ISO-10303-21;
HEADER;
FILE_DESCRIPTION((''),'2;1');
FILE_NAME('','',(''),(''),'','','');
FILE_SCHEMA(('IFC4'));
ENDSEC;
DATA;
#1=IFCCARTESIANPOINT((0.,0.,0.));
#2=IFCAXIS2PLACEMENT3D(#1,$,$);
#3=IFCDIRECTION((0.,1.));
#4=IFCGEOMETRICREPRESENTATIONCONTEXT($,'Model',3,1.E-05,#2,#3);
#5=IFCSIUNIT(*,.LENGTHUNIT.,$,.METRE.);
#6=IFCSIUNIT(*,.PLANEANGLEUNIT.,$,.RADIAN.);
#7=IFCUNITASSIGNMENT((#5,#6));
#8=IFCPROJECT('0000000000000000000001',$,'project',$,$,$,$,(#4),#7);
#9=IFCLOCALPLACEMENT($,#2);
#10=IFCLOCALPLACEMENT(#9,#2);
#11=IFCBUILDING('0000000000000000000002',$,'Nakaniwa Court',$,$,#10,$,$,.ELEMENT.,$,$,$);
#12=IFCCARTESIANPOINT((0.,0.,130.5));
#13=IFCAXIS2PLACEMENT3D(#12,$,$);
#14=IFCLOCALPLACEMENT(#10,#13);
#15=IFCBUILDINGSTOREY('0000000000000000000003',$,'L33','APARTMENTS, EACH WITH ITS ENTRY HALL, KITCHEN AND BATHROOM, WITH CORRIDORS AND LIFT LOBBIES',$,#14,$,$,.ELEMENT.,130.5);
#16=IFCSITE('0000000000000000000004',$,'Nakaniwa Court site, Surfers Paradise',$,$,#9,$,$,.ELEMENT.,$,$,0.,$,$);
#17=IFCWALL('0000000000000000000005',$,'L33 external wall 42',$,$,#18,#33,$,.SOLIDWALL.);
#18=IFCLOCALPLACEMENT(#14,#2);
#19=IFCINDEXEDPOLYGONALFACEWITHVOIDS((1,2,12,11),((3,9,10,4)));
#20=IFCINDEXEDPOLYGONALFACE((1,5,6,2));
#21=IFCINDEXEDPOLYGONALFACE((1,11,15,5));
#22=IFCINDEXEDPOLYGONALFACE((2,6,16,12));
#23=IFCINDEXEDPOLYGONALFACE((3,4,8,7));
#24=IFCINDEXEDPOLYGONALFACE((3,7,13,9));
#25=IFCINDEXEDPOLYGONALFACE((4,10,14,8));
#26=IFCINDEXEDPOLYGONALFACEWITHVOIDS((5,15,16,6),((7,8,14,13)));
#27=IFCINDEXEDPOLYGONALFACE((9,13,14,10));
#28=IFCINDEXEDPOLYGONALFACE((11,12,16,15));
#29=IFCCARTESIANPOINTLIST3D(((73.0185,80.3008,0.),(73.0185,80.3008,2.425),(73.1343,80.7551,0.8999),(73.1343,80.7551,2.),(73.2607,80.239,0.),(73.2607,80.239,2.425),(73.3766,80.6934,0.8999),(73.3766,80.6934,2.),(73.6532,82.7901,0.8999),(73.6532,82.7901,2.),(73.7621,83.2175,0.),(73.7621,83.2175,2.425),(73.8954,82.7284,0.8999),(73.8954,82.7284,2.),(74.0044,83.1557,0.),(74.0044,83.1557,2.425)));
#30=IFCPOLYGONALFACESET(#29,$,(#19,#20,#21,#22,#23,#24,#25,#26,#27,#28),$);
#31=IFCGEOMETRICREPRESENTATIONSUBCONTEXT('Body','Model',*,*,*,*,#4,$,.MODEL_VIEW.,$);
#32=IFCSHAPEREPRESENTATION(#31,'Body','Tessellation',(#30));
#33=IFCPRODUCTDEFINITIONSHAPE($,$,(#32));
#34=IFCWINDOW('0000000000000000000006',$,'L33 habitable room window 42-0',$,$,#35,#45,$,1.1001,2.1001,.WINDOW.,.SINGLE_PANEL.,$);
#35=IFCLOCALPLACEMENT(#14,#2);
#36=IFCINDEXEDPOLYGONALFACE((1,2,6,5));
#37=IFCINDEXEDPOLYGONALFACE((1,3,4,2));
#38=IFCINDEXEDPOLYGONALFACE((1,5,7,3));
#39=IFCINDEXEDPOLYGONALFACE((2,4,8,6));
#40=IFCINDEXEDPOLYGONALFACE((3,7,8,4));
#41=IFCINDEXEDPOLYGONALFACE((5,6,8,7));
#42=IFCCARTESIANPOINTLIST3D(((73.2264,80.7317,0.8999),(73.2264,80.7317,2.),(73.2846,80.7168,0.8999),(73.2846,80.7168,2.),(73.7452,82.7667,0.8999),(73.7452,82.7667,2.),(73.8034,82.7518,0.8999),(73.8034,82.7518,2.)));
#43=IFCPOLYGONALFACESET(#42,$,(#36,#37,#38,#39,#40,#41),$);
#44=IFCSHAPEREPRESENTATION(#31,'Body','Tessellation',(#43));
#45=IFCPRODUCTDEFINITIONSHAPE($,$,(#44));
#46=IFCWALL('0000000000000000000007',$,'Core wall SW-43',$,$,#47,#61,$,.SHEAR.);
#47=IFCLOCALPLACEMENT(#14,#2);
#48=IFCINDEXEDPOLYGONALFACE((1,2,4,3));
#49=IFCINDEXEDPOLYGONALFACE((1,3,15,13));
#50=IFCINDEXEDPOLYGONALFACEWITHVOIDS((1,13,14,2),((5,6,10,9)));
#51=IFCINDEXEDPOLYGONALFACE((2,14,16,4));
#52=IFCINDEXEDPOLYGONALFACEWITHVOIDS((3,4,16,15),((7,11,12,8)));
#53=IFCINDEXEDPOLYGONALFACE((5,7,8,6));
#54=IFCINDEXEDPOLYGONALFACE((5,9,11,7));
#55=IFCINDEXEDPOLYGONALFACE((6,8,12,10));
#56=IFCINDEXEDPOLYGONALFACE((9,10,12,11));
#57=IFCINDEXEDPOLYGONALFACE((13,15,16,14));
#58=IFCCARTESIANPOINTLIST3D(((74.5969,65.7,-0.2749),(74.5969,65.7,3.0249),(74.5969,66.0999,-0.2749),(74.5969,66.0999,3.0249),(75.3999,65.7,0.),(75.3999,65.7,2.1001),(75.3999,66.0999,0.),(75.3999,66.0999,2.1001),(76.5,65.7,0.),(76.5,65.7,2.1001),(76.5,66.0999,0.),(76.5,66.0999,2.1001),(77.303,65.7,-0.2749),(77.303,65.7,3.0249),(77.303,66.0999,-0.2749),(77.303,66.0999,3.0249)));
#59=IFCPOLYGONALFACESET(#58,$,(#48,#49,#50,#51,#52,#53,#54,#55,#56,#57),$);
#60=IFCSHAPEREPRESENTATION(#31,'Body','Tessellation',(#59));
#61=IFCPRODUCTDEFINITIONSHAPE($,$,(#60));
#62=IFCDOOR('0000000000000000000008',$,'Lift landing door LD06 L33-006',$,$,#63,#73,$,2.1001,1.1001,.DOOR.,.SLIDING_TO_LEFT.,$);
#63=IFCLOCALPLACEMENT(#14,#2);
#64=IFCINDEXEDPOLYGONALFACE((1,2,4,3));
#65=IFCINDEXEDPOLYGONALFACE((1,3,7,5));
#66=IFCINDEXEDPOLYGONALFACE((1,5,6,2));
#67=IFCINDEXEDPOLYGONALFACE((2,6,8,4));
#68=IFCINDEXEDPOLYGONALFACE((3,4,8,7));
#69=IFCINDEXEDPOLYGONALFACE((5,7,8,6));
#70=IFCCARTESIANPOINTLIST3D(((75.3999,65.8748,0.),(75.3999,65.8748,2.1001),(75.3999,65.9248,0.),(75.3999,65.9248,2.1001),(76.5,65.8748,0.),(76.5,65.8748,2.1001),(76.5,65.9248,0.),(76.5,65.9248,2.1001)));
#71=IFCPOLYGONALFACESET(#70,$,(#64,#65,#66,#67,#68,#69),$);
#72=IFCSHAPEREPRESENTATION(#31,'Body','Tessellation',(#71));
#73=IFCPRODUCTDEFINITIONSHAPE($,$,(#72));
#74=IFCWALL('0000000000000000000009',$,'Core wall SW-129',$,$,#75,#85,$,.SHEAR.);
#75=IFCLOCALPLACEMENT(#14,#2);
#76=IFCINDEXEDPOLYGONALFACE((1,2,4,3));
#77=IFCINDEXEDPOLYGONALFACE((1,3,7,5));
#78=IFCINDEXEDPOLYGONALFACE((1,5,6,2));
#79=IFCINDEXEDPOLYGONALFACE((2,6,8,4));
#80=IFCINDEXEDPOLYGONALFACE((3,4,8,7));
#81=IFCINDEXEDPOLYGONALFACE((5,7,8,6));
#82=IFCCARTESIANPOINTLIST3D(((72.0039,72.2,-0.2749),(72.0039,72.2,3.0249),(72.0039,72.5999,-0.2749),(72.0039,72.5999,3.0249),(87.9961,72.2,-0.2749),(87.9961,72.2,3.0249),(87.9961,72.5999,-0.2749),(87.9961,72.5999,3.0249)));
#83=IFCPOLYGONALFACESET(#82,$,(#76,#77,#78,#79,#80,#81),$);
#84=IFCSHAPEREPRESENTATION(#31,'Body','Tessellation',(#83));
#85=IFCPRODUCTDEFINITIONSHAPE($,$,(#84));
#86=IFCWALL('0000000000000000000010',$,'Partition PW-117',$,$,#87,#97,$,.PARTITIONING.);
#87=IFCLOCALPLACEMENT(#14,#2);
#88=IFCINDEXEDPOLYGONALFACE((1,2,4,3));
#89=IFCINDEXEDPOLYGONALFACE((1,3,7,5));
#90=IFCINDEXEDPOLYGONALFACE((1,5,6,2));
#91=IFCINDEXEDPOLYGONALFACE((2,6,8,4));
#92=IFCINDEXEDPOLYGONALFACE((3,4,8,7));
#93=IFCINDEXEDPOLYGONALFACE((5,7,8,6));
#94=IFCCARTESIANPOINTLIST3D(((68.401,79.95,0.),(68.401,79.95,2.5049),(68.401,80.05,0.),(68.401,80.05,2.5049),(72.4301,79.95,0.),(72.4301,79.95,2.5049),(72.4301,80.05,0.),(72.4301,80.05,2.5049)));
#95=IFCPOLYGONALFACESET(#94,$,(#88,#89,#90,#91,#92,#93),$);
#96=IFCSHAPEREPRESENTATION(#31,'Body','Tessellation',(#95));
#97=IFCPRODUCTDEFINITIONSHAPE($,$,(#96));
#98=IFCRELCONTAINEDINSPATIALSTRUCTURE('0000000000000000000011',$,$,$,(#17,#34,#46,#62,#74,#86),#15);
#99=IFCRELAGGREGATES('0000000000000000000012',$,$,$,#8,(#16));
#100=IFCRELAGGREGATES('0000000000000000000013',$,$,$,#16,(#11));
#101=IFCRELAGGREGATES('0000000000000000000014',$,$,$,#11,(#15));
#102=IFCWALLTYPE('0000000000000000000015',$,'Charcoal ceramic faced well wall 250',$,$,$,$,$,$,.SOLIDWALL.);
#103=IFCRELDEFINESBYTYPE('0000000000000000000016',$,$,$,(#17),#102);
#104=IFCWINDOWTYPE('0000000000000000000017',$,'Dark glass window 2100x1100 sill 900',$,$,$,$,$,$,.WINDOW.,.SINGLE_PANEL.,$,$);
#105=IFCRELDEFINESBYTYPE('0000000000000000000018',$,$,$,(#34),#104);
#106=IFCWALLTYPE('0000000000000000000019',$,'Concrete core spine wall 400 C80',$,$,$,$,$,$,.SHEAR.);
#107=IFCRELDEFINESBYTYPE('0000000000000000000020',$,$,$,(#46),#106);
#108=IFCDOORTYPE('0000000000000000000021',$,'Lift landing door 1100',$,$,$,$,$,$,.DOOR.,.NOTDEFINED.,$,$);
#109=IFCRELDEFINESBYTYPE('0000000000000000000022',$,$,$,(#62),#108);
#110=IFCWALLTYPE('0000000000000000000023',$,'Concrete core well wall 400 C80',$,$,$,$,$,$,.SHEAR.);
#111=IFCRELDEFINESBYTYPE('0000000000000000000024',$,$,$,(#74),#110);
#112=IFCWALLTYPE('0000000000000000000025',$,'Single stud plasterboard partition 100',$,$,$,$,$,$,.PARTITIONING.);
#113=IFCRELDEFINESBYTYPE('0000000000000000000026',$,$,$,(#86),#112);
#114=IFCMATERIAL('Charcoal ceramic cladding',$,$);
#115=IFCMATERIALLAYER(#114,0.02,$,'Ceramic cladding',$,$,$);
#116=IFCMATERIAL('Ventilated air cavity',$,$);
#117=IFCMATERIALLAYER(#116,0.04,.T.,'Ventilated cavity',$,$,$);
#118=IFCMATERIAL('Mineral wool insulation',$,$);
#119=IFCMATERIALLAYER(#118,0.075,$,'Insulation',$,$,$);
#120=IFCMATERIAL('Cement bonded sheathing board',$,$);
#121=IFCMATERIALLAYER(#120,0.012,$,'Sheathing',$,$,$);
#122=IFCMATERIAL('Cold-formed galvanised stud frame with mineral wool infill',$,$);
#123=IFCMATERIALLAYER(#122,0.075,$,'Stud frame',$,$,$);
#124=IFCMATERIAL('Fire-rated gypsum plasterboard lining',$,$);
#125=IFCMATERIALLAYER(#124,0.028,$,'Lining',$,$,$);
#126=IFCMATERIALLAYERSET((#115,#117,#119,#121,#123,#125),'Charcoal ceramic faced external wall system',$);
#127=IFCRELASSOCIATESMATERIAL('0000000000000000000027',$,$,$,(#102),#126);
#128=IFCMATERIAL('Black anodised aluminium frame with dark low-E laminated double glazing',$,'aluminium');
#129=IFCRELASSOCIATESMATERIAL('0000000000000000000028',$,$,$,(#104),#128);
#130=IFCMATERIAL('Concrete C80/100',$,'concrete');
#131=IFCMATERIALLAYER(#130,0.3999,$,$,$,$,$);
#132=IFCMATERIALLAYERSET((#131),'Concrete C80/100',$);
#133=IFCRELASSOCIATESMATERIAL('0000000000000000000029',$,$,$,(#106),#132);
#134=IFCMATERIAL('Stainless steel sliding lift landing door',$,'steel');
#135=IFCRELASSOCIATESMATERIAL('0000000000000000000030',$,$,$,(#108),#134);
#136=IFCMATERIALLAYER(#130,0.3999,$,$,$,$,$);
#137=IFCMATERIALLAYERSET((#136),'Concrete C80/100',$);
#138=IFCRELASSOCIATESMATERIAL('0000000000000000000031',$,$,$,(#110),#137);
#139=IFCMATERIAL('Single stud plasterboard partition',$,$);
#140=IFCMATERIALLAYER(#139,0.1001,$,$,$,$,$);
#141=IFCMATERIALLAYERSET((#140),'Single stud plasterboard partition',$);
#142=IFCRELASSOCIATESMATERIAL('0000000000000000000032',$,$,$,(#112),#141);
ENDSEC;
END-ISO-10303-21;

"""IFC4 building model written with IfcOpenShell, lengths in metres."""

from ifc_helpers import new_model, si_unit, direction, frame, frame_2d, origin, place, context, subcontext, project, spatial, rectangle, extrude, material, layer, layer_set, type_object, element, fill, save


model = new_model("IFC4")

# Units and contexts
model_context = context("Model", 3, precision=1e-05, world=origin(), true_north=direction((0.0, 1.0)))
body_context = subcontext(model_context, "Body", "Model", "MODEL_VIEW")
ifc_project = project(units=[si_unit("LENGTHUNIT", "METRE"), si_unit("PLANEANGLEUNIT", "RADIAN")], contexts=[model_context])

# Site, building, storey
site_placement = place(None, origin())
site = spatial("IfcSite", under=ifc_project, at=site_placement, Name="Nakaniwa Court site, Surfers Paradise", CompositionType="ELEMENT", RefElevation=0.0)
building_placement = place(site_placement, origin())
building = spatial("IfcBuilding", under=site, at=building_placement, Name="Nakaniwa Court", CompositionType="ELEMENT")
storey_placement = place(building_placement, frame((0.0, 0.0, 130.5)))
storey = spatial("IfcBuildingStorey", under=building, at=storey_placement, Name="L33", Description="APARTMENTS, EACH WITH ITS ENTRY HALL, KITCHEN AND BATHROOM, WITH CORRIDORS AND LIFT LOBBIES", CompositionType="ELEMENT", Elevation=130.5)

# Shared definitions
ifc_material_1 = material(Name="Concrete C80/100", Category="concrete")

# Wall, opening, window
ifc_material_2 = material(Name="Charcoal ceramic cladding")
ifc_layer_1 = layer(ifc_material_2, 0.02, Name="Ceramic cladding")
ifc_material_3 = material(Name="Ventilated air cavity")
ifc_layer_2 = layer(ifc_material_3, 0.04, ventilated=True, Name="Ventilated cavity")
ifc_material_4 = material(Name="Mineral wool insulation")
ifc_layer_3 = layer(ifc_material_4, 0.075, Name="Insulation")
ifc_material_5 = material(Name="Cement bonded sheathing board")
ifc_layer_4 = layer(ifc_material_5, 0.012, Name="Sheathing")
ifc_material_6 = material(Name="Cold-formed galvanised stud frame with mineral wool infill")
ifc_layer_5 = layer(ifc_material_6, 0.075, Name="Stud frame")
ifc_material_7 = material(Name="Fire-rated gypsum plasterboard lining")
ifc_layer_6 = layer(ifc_material_7, 0.028, Name="Lining")
ifc_layer_set_1 = layer_set([ifc_layer_1, ifc_layer_2, ifc_layer_3, ifc_layer_4, ifc_layer_5, ifc_layer_6], Name="Charcoal ceramic faced external wall system")
wall_type_1 = type_object("IfcWallType", Name="Charcoal ceramic faced well wall 250", PredefinedType="SOLIDWALL", material=ifc_layer_set_1)
ifc_material_8 = material(Name="Black anodised aluminium frame with dark low-E laminated double glazing", Category="aluminium")
window_type = type_object("IfcWindowType", Name="Dark glass window 2100x1100 sill 900", PartitioningType="SINGLE_PANEL", PredefinedType="WINDOW", material=ifc_material_8)
wall_1_placement = place(storey_placement, frame((73.1396, 80.27, 0.0), z_axis=(0.0, 0.0, 1.0), x_axis=(0.247056, 0.969001, 0.0)))
wall_1 = element("IfcWall", 1, at=wall_1_placement, inside=storey, type_object=wall_type_1, Name="L33 external wall 42", PredefinedType="SOLIDWALL", context=body_context, shape_type="SweptSolid", body=[
    extrude(rectangle(XDim=3.01, YDim=0.25, at=frame_2d((1.5049, 0.0))), origin(), (0.0, 0.0, 1.0), 2.425),
])
opening_1_placement = place(wall_1_placement, frame((0.4688, 0.0, 0.8999)))
opening_1 = element("IfcOpeningElement", 2, at=opening_1_placement, cuts=wall_1, PredefinedType="OPENING", context=body_context, shape_type="SweptSolid", body=[
    extrude(rectangle(XDim=2.1001, YDim=1.1001, at=frame_2d((1.05, 0.55))), frame((0.0, 0.135, 0.0), z_axis=(0.0, -1.0, 0.0), x_axis=(1.0, 0.0, 0.0)), (0.0, 0.0, 1.0), 0.27),
])
window_1_placement = place(opening_1_placement, origin())
window_1 = element("IfcWindow", 3, at=window_1_placement, inside=storey, type_object=window_type, Name="L33 habitable room window 42-0", OverallHeight=1.1001, OverallWidth=2.1001, PartitioningType="SINGLE_PANEL", PredefinedType="WINDOW", context=body_context, shape_type="SweptSolid", body=[
    extrude(rectangle(XDim=2.1001, YDim=1.1001, at=frame_2d((1.05, 0.55))), frame((0.0, 0.03, 0.0), z_axis=(0.0, -1.0, 0.0), x_axis=(1.0, 0.0, 0.0)), (0.0, 0.0, 1.0), 0.0601),
])
fill(opening_1, window_1)

# Wall, opening, door
ifc_layer_7 = layer(ifc_material_1, 0.3999)
ifc_layer_set_2 = layer_set([ifc_layer_7], Name="Concrete C80/100")
wall_type_2 = type_object("IfcWallType", Name="Concrete core spine wall 400 C80", PredefinedType="SHEAR", material=ifc_layer_set_2)
wall_2_placement = place(storey_placement, frame((74.5969, 65.8999, -0.2749), z_axis=(0.0, 0.0, 1.0), x_axis=(1.0, 0.0, 0.0)))
wall_2 = element("IfcWall", 4, at=wall_2_placement, inside=storey, type_object=wall_type_2, Name="Core wall SW-43", PredefinedType="SHEAR", context=body_context, shape_type="SweptSolid", body=[
    extrude(rectangle(XDim=2.7061, YDim=0.3999, at=frame_2d((1.353, 0.0))), origin(), (0.0, 0.0, 1.0), 3.2998),
])
opening_2_placement = place(wall_2_placement, frame((0.803, 0.0, 0.2749)))
opening_2 = element("IfcOpeningElement", 5, at=opening_2_placement, cuts=wall_2, PredefinedType="OPENING", context=body_context, shape_type="SweptSolid", body=[
    extrude(rectangle(XDim=1.1001, YDim=2.1001, at=frame_2d((0.55, 1.05))), frame((0.0, 0.21, 0.0), z_axis=(0.0, -1.0, 0.0), x_axis=(1.0, 0.0, 0.0)), (0.0, 0.0, 1.0), 0.4199),
])
ifc_material_9 = material(Name="Stainless steel sliding lift landing door", Category="steel")
door_type_1 = type_object("IfcDoorType", Name="Lift landing door 1100", OperationType="NOTDEFINED", PredefinedType="DOOR", material=ifc_material_9)
door_1_placement = place(opening_2_placement, origin())
door_1 = element("IfcDoor", 6, at=door_1_placement, inside=storey, type_object=door_type_1, Name="Lift landing door LD06 L33-006", OperationType="SLIDING_TO_LEFT", OverallHeight=2.1001, OverallWidth=1.1001, PredefinedType="DOOR", context=body_context, shape_type="SweptSolid", body=[
    extrude(rectangle(XDim=1.1001, YDim=2.1001, at=frame_2d((0.55, 1.05))), frame((0.0, 0.0249, 0.0), z_axis=(0.0, -1.0, 0.0), x_axis=(1.0, 0.0, 0.0)), (0.0, 0.0, 1.0), 0.05),
])
fill(opening_2, door_1)

# Walls
ifc_layer_8 = layer(ifc_material_1, 0.3999)
ifc_layer_set_3 = layer_set([ifc_layer_8], Name="Concrete C80/100")
wall_type_3 = type_object("IfcWallType", Name="Concrete core well wall 400 C80", PredefinedType="SHEAR", material=ifc_layer_set_3)
wall_3_placement = place(storey_placement, frame((72.0039, 72.3999, -0.2749), z_axis=(0.0, 0.0, 1.0), x_axis=(1.0, 0.0, 0.0)))
element("IfcWall", 7, at=wall_3_placement, inside=storey, type_object=wall_type_3, Name="Core wall SW-129", PredefinedType="SHEAR", context=body_context, shape_type="SweptSolid", body=[
    extrude(rectangle(XDim=15.9922, YDim=0.3999, at=frame_2d((7.9961, 0.0))), origin(), (0.0, 0.0, 1.0), 3.2998),
])
ifc_material_10 = material(Name="Single stud plasterboard partition")
ifc_layer_9 = layer(ifc_material_10, 0.1001)
ifc_layer_set_4 = layer_set([ifc_layer_9], Name="Single stud plasterboard partition")
wall_type_4 = type_object("IfcWallType", Name="Single stud plasterboard partition 100", PredefinedType="PARTITIONING", material=ifc_layer_set_4)
wall_4_placement = place(storey_placement, frame((68.4009, 80.0, 0.0), z_axis=(0.0, 0.0, 1.0), x_axis=(1.0, 0.0, 0.0)))
element("IfcWall", 8, at=wall_4_placement, inside=storey, type_object=wall_type_4, Name="Partition PW-117", PredefinedType="PARTITIONING", context=body_context, shape_type="SweptSolid", body=[
    extrude(rectangle(XDim=4.0291, YDim=0.1001, at=frame_2d((2.0146, 0.0))), origin(), (0.0, 0.0, 1.0), 2.5049),
])

save(model, "model.ifc")
